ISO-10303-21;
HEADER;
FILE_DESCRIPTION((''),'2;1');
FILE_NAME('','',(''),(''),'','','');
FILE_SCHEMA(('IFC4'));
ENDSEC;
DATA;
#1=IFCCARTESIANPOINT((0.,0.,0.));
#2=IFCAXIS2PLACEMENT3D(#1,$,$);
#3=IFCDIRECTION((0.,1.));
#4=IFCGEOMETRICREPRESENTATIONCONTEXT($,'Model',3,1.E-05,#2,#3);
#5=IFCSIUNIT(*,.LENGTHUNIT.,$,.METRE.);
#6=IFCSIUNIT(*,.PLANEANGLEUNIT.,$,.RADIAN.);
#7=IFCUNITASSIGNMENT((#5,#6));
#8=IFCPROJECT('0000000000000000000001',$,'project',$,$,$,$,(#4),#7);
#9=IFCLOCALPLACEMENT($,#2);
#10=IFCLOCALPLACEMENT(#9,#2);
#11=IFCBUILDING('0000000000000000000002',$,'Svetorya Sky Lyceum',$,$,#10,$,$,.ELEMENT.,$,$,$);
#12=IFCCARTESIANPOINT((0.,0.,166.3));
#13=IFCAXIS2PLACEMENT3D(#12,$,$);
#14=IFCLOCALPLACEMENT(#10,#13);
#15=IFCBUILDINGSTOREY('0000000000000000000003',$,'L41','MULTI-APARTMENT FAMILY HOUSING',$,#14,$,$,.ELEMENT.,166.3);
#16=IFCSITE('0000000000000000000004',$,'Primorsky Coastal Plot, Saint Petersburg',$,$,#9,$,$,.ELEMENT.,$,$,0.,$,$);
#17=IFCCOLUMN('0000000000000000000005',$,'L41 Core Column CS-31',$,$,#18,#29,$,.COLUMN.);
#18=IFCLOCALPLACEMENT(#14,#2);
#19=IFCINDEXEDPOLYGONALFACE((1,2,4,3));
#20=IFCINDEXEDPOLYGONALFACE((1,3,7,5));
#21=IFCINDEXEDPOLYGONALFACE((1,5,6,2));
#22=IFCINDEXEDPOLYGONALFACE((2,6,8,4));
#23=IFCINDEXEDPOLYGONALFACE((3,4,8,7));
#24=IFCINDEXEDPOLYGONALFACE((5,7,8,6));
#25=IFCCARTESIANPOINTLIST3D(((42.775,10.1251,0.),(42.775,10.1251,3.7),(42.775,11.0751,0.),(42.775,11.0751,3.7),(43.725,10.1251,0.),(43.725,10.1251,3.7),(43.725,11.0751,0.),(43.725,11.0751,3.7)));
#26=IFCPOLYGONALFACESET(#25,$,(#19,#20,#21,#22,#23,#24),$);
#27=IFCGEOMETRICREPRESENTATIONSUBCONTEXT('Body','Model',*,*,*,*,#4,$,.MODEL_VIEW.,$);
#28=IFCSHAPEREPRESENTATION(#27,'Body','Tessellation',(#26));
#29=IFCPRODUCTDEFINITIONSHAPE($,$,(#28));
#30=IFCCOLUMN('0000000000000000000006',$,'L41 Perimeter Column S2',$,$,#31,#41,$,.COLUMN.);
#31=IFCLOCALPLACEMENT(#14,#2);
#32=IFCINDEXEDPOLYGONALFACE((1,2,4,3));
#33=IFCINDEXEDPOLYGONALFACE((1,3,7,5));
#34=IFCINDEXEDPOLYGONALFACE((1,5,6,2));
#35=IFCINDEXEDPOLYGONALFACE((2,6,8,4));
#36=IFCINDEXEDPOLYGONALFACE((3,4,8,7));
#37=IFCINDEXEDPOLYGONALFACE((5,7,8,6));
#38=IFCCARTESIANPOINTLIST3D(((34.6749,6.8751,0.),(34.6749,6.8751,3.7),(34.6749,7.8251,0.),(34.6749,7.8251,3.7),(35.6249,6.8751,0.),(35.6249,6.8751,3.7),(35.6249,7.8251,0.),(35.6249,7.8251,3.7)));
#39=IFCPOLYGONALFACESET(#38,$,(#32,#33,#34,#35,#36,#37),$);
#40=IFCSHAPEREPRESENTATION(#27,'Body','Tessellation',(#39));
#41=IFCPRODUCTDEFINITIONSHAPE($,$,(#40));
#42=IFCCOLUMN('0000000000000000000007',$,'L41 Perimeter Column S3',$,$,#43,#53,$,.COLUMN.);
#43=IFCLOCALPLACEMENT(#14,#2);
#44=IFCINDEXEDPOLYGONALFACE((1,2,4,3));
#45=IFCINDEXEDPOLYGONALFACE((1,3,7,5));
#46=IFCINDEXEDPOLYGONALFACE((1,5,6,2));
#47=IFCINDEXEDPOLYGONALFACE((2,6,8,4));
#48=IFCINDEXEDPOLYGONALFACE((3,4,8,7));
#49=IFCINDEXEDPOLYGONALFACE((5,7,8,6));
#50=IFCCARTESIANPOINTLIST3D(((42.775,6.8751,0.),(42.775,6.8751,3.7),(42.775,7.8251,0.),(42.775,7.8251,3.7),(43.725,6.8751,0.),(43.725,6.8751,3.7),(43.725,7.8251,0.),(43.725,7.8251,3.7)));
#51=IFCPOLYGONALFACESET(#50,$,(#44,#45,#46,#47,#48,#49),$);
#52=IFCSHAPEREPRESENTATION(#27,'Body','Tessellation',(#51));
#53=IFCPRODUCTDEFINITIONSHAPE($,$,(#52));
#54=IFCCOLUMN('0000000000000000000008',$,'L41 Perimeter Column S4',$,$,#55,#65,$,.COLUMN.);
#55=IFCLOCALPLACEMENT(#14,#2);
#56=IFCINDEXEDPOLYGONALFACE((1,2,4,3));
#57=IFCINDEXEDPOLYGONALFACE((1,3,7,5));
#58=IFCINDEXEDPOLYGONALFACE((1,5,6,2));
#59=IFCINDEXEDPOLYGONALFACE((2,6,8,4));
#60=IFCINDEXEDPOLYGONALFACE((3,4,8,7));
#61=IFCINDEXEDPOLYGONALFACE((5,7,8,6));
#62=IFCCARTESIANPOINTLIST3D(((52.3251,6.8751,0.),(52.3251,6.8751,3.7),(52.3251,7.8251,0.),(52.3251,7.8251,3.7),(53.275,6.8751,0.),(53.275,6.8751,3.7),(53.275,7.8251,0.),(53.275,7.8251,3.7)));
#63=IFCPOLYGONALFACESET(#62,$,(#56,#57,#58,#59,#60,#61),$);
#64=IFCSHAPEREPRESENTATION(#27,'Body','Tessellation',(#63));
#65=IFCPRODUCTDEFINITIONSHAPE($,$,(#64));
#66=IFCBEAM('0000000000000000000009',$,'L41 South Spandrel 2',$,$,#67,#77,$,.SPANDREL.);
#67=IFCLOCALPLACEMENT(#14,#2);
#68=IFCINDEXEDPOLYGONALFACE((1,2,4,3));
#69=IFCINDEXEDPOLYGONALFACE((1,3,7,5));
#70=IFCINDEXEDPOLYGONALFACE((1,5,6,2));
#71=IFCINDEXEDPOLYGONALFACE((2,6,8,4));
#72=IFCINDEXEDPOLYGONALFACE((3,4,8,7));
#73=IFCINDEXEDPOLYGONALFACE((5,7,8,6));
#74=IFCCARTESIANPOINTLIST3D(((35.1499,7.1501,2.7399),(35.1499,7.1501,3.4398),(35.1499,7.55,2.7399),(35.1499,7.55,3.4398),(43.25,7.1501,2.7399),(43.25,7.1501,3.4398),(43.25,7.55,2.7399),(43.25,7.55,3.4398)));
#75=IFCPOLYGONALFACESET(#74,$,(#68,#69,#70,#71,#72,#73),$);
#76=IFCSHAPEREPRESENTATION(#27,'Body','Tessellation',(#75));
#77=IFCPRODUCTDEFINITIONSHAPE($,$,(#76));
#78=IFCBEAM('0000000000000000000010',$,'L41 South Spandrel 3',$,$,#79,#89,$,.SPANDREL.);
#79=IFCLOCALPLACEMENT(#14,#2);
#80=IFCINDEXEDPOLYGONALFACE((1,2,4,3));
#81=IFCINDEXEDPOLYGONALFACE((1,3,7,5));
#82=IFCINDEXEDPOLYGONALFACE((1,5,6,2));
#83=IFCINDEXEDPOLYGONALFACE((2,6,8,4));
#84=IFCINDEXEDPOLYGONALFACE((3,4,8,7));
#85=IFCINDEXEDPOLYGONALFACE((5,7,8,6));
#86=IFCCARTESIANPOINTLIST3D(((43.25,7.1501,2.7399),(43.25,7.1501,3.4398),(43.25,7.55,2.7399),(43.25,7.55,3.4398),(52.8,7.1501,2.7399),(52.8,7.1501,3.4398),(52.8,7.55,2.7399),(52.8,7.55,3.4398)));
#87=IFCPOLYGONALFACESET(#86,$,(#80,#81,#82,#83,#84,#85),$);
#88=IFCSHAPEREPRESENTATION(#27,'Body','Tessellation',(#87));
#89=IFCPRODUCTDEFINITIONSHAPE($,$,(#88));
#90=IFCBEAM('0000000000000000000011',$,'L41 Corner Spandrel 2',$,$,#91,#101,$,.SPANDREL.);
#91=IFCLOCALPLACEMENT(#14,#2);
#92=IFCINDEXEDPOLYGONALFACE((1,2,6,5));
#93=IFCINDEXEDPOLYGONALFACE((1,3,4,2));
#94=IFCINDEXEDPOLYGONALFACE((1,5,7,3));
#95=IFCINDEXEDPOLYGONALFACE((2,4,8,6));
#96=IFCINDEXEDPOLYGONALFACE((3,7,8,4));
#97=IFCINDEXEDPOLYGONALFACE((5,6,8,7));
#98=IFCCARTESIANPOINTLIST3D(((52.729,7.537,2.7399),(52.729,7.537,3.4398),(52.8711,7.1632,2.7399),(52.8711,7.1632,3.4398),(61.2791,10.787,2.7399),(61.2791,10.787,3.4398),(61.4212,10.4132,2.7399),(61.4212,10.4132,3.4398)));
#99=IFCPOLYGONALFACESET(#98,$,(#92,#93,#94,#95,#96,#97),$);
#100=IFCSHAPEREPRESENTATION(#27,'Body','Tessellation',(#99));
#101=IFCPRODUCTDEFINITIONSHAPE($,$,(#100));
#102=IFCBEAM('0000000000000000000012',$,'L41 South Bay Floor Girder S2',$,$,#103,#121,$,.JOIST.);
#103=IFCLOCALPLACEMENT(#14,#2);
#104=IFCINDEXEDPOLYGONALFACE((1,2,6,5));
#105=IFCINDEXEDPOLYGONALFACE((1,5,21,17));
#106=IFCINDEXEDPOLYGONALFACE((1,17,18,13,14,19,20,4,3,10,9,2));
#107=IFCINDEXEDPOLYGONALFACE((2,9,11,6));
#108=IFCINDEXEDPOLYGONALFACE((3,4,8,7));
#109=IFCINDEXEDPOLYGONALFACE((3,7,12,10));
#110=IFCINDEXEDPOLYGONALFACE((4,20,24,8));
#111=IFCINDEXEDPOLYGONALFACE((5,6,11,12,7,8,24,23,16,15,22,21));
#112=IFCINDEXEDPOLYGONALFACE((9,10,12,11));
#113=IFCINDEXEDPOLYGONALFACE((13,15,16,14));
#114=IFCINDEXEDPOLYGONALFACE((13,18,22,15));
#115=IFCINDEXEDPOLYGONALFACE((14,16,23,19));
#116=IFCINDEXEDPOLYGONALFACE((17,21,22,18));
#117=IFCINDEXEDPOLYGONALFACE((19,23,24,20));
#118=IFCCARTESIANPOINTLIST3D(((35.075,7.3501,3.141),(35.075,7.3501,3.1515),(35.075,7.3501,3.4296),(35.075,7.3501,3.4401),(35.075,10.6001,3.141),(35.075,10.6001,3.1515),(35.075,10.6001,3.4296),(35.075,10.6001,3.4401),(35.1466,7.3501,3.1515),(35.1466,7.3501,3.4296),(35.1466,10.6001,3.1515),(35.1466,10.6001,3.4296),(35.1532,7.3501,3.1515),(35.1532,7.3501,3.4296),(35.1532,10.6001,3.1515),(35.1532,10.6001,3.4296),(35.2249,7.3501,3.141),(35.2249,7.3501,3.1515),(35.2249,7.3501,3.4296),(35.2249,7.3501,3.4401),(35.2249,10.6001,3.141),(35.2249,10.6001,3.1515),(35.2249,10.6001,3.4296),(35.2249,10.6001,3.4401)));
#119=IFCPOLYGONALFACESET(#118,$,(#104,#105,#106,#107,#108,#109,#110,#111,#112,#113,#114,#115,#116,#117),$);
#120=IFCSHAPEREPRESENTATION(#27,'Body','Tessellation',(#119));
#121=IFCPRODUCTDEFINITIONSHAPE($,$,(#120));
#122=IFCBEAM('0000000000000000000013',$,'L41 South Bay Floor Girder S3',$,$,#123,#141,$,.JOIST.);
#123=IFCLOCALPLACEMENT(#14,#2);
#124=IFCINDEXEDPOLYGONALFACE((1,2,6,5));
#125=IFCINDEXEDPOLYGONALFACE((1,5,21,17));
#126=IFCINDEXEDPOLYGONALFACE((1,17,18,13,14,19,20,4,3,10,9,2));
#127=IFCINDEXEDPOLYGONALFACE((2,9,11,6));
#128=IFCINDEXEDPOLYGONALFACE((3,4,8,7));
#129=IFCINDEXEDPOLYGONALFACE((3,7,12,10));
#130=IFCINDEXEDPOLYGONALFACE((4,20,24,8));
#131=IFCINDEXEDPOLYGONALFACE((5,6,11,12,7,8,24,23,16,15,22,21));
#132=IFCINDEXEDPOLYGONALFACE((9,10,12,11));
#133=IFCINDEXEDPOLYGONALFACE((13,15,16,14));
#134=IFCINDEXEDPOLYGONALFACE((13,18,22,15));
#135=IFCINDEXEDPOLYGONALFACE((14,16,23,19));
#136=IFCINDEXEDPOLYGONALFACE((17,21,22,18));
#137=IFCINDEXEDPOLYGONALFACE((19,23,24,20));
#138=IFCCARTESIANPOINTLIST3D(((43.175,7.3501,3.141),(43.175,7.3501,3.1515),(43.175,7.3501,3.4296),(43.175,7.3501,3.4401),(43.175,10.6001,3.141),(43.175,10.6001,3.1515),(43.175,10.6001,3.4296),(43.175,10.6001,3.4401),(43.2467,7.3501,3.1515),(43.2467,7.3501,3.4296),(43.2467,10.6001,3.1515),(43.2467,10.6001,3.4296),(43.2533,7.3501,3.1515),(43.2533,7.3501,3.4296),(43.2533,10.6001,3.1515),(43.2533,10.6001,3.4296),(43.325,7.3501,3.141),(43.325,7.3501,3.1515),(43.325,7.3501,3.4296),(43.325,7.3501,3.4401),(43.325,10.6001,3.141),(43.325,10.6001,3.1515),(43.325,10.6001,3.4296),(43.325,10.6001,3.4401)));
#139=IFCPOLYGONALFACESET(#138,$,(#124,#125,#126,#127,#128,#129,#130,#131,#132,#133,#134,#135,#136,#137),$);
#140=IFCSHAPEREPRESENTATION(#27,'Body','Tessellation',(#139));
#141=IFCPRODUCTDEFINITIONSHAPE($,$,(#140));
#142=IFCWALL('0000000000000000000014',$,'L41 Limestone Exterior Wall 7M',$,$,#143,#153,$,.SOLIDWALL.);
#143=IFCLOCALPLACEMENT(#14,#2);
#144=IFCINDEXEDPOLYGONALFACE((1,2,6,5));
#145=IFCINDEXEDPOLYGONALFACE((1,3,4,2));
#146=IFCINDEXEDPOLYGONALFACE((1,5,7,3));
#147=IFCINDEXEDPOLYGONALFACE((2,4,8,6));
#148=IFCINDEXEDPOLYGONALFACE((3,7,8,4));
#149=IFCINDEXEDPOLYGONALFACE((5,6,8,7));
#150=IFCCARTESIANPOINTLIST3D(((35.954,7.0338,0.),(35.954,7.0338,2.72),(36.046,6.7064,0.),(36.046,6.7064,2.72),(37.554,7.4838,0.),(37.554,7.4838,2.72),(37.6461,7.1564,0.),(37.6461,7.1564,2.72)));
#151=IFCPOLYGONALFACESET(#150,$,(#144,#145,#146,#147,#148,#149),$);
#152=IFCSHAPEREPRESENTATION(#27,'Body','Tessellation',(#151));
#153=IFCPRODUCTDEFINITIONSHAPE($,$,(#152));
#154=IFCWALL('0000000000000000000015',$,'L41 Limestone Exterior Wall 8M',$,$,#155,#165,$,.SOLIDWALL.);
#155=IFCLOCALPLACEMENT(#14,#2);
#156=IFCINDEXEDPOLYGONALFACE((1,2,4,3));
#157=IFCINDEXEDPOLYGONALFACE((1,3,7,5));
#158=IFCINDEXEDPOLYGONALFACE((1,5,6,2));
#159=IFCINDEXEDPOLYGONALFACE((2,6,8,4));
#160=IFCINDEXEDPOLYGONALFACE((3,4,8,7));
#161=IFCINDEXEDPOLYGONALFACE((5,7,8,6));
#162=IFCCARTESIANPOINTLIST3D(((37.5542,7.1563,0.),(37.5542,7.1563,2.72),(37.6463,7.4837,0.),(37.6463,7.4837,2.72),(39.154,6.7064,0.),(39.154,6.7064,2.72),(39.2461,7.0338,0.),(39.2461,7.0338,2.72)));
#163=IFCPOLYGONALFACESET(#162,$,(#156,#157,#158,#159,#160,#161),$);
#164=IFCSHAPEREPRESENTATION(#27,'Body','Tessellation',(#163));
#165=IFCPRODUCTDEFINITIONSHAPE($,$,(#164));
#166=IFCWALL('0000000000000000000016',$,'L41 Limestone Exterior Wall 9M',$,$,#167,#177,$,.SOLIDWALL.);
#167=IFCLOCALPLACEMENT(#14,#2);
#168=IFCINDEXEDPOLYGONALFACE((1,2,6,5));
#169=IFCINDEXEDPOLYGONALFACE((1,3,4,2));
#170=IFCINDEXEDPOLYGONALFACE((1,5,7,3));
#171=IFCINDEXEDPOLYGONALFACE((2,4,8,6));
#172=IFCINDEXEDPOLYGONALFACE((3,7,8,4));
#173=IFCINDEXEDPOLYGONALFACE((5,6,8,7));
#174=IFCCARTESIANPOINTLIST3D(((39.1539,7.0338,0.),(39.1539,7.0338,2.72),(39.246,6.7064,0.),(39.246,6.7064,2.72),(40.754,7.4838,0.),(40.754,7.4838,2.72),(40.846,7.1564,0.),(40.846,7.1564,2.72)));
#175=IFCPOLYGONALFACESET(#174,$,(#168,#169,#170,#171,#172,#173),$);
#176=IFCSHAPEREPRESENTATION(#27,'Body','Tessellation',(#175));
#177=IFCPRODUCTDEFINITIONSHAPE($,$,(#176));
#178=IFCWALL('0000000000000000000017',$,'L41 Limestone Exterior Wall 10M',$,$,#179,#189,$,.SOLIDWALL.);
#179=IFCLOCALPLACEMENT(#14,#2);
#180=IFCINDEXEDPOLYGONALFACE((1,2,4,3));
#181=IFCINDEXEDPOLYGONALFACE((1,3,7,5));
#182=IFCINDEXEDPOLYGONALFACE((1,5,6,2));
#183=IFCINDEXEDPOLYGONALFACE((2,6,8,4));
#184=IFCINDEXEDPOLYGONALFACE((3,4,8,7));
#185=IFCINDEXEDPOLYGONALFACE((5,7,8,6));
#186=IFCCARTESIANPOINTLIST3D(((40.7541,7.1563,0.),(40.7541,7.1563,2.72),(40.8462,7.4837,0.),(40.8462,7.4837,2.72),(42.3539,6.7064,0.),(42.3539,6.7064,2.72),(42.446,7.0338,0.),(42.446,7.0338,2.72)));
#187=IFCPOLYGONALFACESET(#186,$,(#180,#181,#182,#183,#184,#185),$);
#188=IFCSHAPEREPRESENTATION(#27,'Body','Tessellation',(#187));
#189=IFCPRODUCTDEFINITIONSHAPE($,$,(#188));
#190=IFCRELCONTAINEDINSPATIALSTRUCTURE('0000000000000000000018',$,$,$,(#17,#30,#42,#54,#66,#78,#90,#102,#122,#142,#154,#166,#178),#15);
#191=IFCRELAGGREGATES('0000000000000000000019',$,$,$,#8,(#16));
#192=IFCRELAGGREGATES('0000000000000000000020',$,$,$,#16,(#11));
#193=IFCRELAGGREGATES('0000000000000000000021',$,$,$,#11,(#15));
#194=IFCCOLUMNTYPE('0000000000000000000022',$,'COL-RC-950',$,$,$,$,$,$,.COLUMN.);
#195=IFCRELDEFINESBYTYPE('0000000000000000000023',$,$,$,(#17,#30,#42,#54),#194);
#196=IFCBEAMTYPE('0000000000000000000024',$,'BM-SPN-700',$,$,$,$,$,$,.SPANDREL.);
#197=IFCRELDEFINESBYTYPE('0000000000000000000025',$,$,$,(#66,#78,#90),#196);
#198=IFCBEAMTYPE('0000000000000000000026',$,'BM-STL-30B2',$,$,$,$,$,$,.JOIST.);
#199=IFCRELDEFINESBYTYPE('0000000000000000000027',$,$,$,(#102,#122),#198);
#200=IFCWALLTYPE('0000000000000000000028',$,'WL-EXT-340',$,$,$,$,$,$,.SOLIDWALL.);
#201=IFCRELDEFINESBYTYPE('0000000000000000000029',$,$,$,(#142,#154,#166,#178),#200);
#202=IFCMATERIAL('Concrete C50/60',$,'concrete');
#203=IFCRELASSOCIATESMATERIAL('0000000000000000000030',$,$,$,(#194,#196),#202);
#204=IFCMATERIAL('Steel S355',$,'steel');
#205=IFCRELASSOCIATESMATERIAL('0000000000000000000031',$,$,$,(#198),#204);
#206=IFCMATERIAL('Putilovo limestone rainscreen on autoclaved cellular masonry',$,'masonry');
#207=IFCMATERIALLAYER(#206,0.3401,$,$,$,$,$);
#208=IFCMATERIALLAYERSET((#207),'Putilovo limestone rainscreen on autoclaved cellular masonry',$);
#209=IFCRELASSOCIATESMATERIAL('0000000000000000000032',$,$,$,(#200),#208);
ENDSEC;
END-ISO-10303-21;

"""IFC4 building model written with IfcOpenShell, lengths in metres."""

from ifc_helpers import new_model, si_unit, direction, frame, frame_2d, origin, origin_2d, place, context, subcontext, project, spatial, rectangle, i_section, extrude, material, layer, layer_set, material_profile, profile_set, type_object, element, save


model = new_model("IFC4")

# Units and contexts
model_context = context("Model", 3, precision=1e-05, world=origin(), true_north=direction((0.0, 1.0)))
body_context = subcontext(model_context, "Body", "Model", "MODEL_VIEW")
ifc_project = project(units=[si_unit("LENGTHUNIT", "METRE"), si_unit("PLANEANGLEUNIT", "RADIAN")], contexts=[model_context])

# Site, building, storey
site_placement = place(None, origin())
site = spatial("IfcSite", under=ifc_project, at=site_placement, Name="Primorsky Coastal Plot, Saint Petersburg", CompositionType="ELEMENT", RefElevation=0.0)
building_placement = place(site_placement, origin())
building = spatial("IfcBuilding", under=site, at=building_placement, Name="Svetorya Sky Lyceum", CompositionType="ELEMENT")
storey_placement = place(building_placement, frame((0.0, 0.0, 166.3)))
storey = spatial("IfcBuildingStorey", under=building, at=storey_placement, Name="L41", Description="MULTI-APARTMENT FAMILY HOUSING", CompositionType="ELEMENT", Elevation=166.3)

# Columns
ifc_material_1 = material(Name="Concrete C50/60", Category="concrete")
ifc_material_profile_1 = material_profile(ifc_material_1, rectangle(XDim=0.95, YDim=0.95, at=origin_2d()), Name="RC COL 950x950")
ifc_profile_set_1 = profile_set([ifc_material_profile_1], Name="Concrete C50/60")
column_type = type_object("IfcColumnType", Name="COL-RC-950", PredefinedType="COLUMN", material=ifc_profile_set_1)
for number, where, z_axis, x_axis, name in (
    (1, (43.25, 10.6001, 0.0), (0.0, 0.0, 1.0), (1.0, 0.0, 0.0), "L41 Core Column CS-31"),
    (2, (35.1499, 7.3501, 0.0), (0.0, 0.0, 1.0), (1.0, 0.0, 0.0), "L41 Perimeter Column S2"),
    (3, (43.25, 7.3501, 0.0), (0.0, 0.0, 1.0), (1.0, 0.0, 0.0), "L41 Perimeter Column S3"),
    (4, (52.8, 7.3501, 0.0), (0.0, 0.0, 1.0), (1.0, 0.0, 0.0), "L41 Perimeter Column S4"),
):
    element("IfcColumn", number, at=place(storey_placement, frame(where, z_axis=z_axis, x_axis=x_axis)), inside=storey, type_object=column_type, Name=name, PredefinedType="COLUMN", context=body_context, shape_type="SweptSolid", body=[
        extrude(rectangle(XDim=0.95, YDim=0.95, at=origin_2d()), origin(), (0.0, 0.0, 1.0), 3.7),
    ])

# Beams
ifc_material_profile_2 = material_profile(ifc_material_1, rectangle(XDim=0.3999, YDim=0.7, at=origin_2d()), Name="RC SPANDREL 400x700")
ifc_profile_set_2 = profile_set([ifc_material_profile_2], Name="Concrete C50/60")
beam_type_1 = type_object("IfcBeamType", Name="BM-SPN-700", PredefinedType="SPANDREL", material=ifc_profile_set_2)
beam_1_placement = place(storey_placement, frame((35.1499, 7.3501, 3.0898), z_axis=(1.0, 0.0, 0.0), x_axis=(0.0, 1.0, 0.0)))
element("IfcBeam", 5, at=beam_1_placement, inside=storey, type_object=beam_type_1, Name="L41 South Spandrel 2", PredefinedType="SPANDREL", context=body_context, shape_type="SweptSolid", body=[
    extrude(rectangle(XDim=0.3999, YDim=0.7, at=origin_2d()), origin(), (0.0, 0.0, 1.0), 8.1001),
])
beam_2_placement = place(storey_placement, frame((43.25, 7.3501, 3.0898), z_axis=(1.0, 0.0, 0.0), x_axis=(0.0, 1.0, 0.0)))
element("IfcBeam", 6, at=beam_2_placement, inside=storey, type_object=beam_type_1, Name="L41 South Spandrel 3", PredefinedType="SPANDREL", context=body_context, shape_type="SweptSolid", body=[
    extrude(rectangle(XDim=0.3999, YDim=0.7, at=origin_2d()), origin(), (0.0, 0.0, 1.0), 9.55),
])
beam_3_placement = place(storey_placement, frame((52.8, 7.3501, 3.0898), z_axis=(0.934748, 0.355312, 0.0), x_axis=(-0.355312, 0.934748, 0.0)))
element("IfcBeam", 7, at=beam_3_placement, inside=storey, type_object=beam_type_1, Name="L41 Corner Spandrel 2", PredefinedType="SPANDREL", context=body_context, shape_type="SweptSolid", body=[
    extrude(rectangle(XDim=0.3999, YDim=0.7, at=origin_2d()), origin(), (0.0, 0.0, 1.0), 9.147),
])
ifc_material_2 = material(Name="Steel S355", Category="steel")
ifc_material_profile_3 = material_profile(ifc_material_2, i_section(OverallWidth=0.1499, OverallDepth=0.2991, WebThickness=0.0066, FlangeThickness=0.0105, at=origin_2d()), Name="GOST 30B2")
ifc_profile_set_3 = profile_set([ifc_material_profile_3], Name="Steel S355")
beam_type_2 = type_object("IfcBeamType", Name="BM-STL-30B2", PredefinedType="JOIST", material=ifc_profile_set_3)
for number, where, z_axis, x_axis, name in (
    (8, (35.1499, 7.3501, 3.2905), (0.0, 1.0, 0.0), (-1.0, 0.0, 0.0), "L41 South Bay Floor Girder S2"),
    (9, (43.25, 7.3501, 3.2905), (0.0, 1.0, 0.0), (-1.0, 0.0, 0.0), "L41 South Bay Floor Girder S3"),
):
    element("IfcBeam", number, at=place(storey_placement, frame(where, z_axis=z_axis, x_axis=x_axis)), inside=storey, type_object=beam_type_2, Name=name, PredefinedType="JOIST", context=body_context, shape_type="SweptSolid", body=[
        extrude(i_section(OverallWidth=0.1499, OverallDepth=0.2991, WebThickness=0.0066, FlangeThickness=0.0105, at=origin_2d()), origin(), (0.0, 0.0, 1.0), 3.25),
    ])

# Walls
ifc_material_3 = material(Name="Putilovo limestone rainscreen on autoclaved cellular masonry", Category="masonry")
ifc_layer_1 = layer(ifc_material_3, 0.3401)
ifc_layer_set_1 = layer_set([ifc_layer_1], Name="Putilovo limestone rainscreen on autoclaved cellular masonry")
wall_type_1 = type_object("IfcWallType", Name="WL-EXT-340", PredefinedType="SOLIDWALL", material=ifc_layer_set_1)
wall_1_placement = place(storey_placement, frame((36.0, 6.8701, 0.0), z_axis=(0.0, 0.0, 1.0), x_axis=(0.962663, 0.270703, 0.0)))
element("IfcWall", 10, at=wall_1_placement, inside=storey, type_object=wall_type_1, Name="L41 Limestone Exterior Wall 7M", PredefinedType="SOLIDWALL", context=body_context, shape_type="SweptSolid", body=[
    extrude(rectangle(XDim=1.6621, YDim=0.3401, at=frame_2d((0.8311, 0.0))), origin(), (0.0, 0.0, 1.0), 2.72),
])
wall_2_placement = place(storey_placement, frame((37.6001, 7.3201, 0.0), z_axis=(0.0, 0.0, 1.0), x_axis=(0.962652, -0.270741, 0.0)))
element("IfcWall", 11, at=wall_2_placement, inside=storey, type_object=wall_type_1, Name="L41 Limestone Exterior Wall 8M", PredefinedType="SOLIDWALL", context=body_context, shape_type="SweptSolid", body=[
    extrude(rectangle(XDim=1.6619, YDim=0.3401, at=frame_2d((0.8311, 0.0))), origin(), (0.0, 0.0, 1.0), 2.72),
])
wall_3_placement = place(storey_placement, frame((39.2, 6.8701, 0.0), z_axis=(0.0, 0.0, 1.0), x_axis=(0.962663, 0.270703, 0.0)))
element("IfcWall", 12, at=wall_3_placement, inside=storey, type_object=wall_type_1, Name="L41 Limestone Exterior Wall 9M", PredefinedType="SOLIDWALL", context=body_context, shape_type="SweptSolid", body=[
    extrude(rectangle(XDim=1.6621, YDim=0.3401, at=frame_2d((0.8311, 0.0))), origin(), (0.0, 0.0, 1.0), 2.72),
])
wall_4_placement = place(storey_placement, frame((40.8, 7.3201, 0.0), z_axis=(0.0, 0.0, 1.0), x_axis=(0.962652, -0.270741, 0.0)))
element("IfcWall", 13, at=wall_4_placement, inside=storey, type_object=wall_type_1, Name="L41 Limestone Exterior Wall 10M", PredefinedType="SOLIDWALL", context=body_context, shape_type="SweptSolid", body=[
    extrude(rectangle(XDim=1.6619, YDim=0.3401, at=frame_2d((0.8311, 0.0))), origin(), (0.0, 0.0, 1.0), 2.72),
])

save(model, "model.ifc")
